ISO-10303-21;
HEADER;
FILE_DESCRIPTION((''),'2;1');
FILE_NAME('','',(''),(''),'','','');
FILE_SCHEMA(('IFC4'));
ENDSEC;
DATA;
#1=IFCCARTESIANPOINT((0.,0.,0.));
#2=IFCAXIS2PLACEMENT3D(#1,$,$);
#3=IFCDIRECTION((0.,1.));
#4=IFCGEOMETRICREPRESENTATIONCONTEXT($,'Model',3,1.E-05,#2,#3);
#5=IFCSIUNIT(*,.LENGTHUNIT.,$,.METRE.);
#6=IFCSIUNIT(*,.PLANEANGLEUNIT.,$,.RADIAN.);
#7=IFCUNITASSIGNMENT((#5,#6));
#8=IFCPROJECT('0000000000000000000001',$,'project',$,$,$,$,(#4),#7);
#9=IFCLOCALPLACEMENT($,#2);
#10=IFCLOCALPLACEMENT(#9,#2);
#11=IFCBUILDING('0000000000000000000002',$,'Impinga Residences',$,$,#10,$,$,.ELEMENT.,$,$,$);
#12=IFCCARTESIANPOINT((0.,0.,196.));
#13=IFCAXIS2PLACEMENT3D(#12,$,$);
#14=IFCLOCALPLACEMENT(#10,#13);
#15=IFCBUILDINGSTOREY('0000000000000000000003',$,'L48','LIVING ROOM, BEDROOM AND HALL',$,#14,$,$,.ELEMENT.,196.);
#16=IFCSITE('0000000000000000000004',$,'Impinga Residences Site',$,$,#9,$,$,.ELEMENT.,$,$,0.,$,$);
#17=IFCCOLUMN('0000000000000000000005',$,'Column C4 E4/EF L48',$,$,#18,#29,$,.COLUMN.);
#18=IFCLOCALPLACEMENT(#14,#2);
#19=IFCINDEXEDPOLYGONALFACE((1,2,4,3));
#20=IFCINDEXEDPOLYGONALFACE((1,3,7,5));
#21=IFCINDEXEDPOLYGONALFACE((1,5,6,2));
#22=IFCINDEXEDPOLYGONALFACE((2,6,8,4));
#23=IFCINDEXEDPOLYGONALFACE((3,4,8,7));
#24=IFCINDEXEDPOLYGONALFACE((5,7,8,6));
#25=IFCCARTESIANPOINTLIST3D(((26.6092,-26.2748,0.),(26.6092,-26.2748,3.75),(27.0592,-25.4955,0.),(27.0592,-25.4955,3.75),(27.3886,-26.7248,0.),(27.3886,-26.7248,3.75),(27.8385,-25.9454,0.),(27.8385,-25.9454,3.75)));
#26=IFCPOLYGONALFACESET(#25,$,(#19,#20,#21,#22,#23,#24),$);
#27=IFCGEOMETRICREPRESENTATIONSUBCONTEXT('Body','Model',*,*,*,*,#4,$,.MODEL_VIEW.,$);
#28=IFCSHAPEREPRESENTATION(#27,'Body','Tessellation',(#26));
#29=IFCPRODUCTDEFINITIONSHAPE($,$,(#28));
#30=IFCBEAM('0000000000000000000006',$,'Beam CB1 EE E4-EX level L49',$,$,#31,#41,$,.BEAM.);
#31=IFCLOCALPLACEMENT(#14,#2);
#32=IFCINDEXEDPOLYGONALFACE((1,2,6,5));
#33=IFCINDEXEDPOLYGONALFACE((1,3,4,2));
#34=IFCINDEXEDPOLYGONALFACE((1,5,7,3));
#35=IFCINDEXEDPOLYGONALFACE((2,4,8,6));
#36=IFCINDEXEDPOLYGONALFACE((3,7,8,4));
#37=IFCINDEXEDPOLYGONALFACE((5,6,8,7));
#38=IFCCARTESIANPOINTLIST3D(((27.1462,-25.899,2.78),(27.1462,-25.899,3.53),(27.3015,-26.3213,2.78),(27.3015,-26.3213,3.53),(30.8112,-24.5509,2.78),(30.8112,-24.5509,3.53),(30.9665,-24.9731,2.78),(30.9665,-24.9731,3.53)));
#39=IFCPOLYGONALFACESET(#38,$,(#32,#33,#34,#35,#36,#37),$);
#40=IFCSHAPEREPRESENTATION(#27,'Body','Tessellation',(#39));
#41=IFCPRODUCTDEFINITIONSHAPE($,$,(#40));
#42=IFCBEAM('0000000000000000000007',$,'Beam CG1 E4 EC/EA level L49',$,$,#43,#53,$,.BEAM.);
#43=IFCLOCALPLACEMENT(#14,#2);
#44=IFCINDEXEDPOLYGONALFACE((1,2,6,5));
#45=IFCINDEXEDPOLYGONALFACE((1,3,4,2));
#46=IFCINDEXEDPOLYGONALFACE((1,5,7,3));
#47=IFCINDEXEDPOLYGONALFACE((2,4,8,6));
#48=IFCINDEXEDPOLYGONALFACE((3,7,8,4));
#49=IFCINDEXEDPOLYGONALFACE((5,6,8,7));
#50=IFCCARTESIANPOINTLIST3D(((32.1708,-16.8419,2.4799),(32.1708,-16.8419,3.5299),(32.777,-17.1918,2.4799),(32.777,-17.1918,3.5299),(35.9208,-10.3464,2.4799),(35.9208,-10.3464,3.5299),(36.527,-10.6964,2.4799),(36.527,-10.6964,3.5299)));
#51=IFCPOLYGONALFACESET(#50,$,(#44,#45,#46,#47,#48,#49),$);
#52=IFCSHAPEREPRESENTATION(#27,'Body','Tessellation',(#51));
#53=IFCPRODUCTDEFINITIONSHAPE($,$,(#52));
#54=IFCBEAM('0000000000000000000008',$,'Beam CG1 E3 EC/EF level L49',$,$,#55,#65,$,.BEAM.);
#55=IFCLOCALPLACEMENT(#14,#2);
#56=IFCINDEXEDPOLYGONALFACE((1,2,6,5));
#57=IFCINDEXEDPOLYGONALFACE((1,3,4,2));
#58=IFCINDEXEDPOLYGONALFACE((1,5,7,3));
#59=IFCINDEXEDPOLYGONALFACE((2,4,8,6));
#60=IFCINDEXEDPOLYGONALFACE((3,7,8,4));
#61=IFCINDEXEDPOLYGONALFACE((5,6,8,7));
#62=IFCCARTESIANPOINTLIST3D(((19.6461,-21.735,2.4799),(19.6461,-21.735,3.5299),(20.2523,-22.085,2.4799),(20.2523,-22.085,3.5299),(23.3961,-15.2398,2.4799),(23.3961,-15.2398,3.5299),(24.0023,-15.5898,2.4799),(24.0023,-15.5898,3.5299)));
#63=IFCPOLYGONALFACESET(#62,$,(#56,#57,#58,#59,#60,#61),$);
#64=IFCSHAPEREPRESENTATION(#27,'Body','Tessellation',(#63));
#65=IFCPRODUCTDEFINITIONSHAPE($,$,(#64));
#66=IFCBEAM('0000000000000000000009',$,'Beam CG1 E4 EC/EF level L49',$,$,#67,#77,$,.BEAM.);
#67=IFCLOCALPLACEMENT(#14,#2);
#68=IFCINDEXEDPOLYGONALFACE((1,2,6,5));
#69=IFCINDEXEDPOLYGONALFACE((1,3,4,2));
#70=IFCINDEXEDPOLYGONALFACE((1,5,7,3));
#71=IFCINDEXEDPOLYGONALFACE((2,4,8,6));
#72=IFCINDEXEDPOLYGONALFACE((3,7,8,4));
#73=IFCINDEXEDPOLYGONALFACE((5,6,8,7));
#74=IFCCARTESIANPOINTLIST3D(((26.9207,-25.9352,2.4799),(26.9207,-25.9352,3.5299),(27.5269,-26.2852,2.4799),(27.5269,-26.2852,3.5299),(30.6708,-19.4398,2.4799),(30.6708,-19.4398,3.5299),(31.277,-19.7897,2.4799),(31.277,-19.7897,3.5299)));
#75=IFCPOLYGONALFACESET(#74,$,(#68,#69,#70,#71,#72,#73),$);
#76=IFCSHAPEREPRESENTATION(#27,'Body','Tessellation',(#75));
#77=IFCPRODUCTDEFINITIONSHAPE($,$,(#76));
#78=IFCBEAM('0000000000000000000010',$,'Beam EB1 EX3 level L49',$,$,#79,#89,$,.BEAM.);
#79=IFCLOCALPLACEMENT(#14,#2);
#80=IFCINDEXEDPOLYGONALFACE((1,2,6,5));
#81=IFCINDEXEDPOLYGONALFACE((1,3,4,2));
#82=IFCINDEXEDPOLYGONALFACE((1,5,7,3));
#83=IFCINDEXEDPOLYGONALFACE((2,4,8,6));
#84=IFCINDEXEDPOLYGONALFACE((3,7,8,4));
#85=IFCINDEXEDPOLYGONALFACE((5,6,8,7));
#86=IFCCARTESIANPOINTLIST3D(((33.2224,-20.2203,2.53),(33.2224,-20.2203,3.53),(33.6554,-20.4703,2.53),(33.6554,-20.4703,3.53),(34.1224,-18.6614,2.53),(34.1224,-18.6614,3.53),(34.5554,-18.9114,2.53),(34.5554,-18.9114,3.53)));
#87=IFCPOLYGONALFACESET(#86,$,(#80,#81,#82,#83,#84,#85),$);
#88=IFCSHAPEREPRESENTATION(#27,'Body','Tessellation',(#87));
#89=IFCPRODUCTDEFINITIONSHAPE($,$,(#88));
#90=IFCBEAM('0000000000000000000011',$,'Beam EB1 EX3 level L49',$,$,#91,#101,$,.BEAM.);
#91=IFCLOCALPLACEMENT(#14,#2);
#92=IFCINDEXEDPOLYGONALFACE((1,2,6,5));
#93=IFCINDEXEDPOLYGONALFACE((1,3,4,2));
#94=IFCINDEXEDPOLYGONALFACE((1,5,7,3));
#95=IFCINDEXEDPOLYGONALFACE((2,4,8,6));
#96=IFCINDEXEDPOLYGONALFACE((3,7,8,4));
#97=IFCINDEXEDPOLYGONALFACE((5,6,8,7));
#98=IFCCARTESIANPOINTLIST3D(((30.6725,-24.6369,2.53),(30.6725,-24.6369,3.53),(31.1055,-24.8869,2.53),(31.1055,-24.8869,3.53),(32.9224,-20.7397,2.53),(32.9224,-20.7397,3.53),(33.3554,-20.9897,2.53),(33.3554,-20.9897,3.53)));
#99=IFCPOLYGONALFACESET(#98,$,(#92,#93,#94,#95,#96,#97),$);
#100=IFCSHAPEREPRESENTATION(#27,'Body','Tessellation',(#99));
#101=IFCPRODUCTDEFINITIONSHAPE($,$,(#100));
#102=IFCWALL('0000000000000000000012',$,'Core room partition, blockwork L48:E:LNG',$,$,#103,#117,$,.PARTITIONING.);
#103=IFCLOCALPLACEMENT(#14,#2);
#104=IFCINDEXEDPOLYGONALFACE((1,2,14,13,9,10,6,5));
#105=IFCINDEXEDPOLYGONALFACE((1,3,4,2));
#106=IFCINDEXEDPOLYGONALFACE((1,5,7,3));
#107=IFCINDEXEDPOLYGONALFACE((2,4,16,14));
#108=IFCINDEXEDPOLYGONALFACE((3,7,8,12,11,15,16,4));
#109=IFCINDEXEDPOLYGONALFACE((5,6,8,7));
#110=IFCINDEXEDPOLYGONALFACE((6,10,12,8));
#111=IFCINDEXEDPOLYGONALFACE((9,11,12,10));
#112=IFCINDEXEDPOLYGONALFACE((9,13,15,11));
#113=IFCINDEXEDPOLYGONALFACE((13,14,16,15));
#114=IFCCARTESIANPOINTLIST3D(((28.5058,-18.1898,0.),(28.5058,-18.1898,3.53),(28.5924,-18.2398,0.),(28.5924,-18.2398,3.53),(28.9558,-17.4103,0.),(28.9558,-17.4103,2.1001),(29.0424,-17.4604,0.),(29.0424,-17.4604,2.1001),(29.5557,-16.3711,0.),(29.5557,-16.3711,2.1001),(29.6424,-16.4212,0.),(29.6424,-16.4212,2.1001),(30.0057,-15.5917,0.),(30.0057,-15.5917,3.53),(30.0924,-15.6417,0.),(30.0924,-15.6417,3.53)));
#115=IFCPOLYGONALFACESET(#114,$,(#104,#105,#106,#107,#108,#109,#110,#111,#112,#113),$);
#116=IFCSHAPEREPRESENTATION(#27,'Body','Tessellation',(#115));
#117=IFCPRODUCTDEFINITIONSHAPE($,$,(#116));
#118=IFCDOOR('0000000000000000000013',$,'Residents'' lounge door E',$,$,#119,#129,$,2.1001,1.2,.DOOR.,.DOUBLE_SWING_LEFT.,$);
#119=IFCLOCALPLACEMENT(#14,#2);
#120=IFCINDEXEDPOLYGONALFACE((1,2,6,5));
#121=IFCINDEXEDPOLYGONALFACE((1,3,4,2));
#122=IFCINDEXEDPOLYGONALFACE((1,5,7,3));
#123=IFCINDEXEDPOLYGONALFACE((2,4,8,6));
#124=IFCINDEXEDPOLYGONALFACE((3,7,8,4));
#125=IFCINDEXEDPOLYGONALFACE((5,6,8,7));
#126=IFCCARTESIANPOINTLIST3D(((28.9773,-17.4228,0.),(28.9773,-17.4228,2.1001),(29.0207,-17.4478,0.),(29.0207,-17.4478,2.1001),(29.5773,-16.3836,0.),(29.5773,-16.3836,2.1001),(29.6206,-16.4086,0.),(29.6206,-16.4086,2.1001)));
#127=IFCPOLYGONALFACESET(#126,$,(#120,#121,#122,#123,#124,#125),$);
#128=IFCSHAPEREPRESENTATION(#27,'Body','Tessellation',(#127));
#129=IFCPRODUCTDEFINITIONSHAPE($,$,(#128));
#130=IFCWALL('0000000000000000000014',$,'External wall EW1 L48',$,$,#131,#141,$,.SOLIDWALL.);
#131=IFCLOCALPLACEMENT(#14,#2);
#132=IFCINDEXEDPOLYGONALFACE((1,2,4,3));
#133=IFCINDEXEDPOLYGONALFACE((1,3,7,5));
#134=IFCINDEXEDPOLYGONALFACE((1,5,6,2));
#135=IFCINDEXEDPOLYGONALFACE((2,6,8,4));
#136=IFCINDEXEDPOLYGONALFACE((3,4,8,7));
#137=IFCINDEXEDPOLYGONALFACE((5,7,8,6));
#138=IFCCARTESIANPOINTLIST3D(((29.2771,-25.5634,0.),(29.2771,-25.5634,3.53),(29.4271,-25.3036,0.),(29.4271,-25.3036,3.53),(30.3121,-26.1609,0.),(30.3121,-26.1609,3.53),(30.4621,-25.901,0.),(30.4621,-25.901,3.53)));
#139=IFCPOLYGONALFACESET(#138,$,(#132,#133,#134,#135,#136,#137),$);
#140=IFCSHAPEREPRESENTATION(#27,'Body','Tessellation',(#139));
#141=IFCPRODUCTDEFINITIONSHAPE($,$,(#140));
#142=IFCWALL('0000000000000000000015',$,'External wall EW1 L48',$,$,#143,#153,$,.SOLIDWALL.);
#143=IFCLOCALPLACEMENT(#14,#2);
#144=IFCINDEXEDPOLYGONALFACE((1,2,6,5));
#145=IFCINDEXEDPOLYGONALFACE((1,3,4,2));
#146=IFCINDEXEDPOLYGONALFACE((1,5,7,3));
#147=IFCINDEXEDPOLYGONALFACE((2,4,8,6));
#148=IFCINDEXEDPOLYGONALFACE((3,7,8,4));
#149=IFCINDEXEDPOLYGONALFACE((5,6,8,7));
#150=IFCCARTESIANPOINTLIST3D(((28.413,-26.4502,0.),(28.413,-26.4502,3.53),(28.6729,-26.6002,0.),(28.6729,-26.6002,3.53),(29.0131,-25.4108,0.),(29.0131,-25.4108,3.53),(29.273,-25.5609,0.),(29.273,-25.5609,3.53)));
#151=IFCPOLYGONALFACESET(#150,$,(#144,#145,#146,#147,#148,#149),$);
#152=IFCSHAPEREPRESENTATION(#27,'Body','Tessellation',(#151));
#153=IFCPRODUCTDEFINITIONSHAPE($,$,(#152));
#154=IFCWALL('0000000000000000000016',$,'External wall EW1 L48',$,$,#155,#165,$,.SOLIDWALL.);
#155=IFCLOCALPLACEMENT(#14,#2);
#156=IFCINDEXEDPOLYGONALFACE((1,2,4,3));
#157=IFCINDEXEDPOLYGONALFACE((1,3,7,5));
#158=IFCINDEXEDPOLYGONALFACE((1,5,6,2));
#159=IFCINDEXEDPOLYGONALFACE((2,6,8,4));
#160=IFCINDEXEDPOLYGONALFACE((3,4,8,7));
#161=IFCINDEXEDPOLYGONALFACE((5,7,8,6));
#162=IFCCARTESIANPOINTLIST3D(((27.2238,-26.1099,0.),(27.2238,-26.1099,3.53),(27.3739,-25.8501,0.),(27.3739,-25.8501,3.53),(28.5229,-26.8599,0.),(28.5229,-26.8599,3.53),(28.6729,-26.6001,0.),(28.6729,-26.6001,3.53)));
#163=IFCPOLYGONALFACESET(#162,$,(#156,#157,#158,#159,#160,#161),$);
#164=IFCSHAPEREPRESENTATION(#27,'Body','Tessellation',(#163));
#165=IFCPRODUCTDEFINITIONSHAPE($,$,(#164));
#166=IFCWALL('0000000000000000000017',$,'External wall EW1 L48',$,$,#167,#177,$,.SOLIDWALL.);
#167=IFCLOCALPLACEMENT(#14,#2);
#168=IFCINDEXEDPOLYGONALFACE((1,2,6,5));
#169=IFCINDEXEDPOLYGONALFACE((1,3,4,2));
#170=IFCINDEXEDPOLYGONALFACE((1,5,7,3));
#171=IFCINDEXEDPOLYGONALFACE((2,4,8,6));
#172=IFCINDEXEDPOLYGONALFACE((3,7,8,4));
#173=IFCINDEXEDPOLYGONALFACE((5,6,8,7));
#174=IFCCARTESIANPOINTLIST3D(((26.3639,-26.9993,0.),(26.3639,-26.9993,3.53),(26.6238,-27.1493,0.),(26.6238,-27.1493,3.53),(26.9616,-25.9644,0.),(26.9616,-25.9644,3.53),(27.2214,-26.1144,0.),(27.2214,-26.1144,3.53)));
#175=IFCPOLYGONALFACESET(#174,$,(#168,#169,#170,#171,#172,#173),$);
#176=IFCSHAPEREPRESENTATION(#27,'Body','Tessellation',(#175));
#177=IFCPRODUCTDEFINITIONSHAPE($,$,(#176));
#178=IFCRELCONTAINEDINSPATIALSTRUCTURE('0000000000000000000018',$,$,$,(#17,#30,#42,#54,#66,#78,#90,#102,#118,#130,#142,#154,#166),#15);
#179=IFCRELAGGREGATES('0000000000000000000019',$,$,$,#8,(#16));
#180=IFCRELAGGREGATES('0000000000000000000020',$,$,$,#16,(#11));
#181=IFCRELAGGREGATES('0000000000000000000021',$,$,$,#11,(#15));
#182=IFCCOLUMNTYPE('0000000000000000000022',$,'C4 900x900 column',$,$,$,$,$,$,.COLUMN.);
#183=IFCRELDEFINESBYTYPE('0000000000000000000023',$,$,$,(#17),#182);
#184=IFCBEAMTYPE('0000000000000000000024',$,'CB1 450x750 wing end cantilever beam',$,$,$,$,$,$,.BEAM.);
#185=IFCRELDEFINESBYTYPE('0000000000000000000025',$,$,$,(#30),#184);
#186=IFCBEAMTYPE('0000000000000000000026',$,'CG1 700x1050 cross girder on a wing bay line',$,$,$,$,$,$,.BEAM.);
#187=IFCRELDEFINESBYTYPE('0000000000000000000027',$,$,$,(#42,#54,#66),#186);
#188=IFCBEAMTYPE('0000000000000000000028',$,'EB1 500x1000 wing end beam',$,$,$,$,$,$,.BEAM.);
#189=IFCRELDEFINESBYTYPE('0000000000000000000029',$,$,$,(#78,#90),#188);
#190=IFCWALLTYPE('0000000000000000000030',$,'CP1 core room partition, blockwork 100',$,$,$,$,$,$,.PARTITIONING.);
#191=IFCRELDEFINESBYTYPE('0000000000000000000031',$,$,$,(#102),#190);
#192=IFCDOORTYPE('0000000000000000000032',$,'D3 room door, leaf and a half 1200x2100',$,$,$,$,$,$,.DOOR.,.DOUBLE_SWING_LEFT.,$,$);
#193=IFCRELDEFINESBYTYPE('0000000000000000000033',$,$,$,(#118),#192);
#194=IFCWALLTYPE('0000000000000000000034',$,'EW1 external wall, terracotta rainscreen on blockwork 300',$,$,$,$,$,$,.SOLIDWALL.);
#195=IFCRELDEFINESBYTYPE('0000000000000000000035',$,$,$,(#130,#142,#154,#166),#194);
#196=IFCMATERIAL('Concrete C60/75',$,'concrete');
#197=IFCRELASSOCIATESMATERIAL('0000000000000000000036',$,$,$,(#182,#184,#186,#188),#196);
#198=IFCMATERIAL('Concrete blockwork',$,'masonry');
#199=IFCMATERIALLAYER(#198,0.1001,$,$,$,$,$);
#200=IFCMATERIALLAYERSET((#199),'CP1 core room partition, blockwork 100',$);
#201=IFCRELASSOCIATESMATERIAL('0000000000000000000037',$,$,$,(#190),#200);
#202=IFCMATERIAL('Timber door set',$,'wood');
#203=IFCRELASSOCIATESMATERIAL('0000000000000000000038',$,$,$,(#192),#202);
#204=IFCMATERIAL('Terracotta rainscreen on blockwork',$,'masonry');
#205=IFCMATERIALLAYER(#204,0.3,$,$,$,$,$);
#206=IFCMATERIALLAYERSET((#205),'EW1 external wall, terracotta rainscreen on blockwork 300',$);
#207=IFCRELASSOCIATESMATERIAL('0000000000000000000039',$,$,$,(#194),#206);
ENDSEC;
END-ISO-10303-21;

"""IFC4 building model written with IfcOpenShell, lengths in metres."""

from ifc_helpers import new_model, si_unit, direction, frame, frame_2d, origin, origin_2d, place, context, subcontext, project, spatial, rectangle, extrude, material, layer, layer_set, material_profile, profile_set, type_object, element, fill, save


model = new_model("IFC4")

# Units and contexts
model_context = context("Model", 3, precision=1e-05, world=origin(), true_north=direction((0.0, 1.0)))
body_context = subcontext(model_context, "Body", "Model", "MODEL_VIEW")
ifc_project = project(units=[si_unit("LENGTHUNIT", "METRE"), si_unit("PLANEANGLEUNIT", "RADIAN")], contexts=[model_context])

# Site, building, storey
site_placement = place(None, origin())
site = spatial("IfcSite", under=ifc_project, at=site_placement, Name="Impinga Residences Site", CompositionType="ELEMENT", RefElevation=0.0)
building_placement = place(site_placement, origin())
building = spatial("IfcBuilding", under=site, at=building_placement, Name="Impinga Residences", CompositionType="ELEMENT")
storey_placement = place(building_placement, frame((0.0, 0.0, 196.0)))
storey = spatial("IfcBuildingStorey", under=building, at=storey_placement, Name="L48", Description="LIVING ROOM, BEDROOM AND HALL", CompositionType="ELEMENT", Elevation=196.0)

# Column
ifc_material_1 = material(Name="Concrete C60/75", Category="concrete")
ifc_material_profile_1 = material_profile(ifc_material_1, rectangle(XDim=0.8999, YDim=0.8999, at=origin_2d()), Name="RC 900x900")
ifc_profile_set_1 = profile_set([ifc_material_profile_1], Name="Concrete C60/75")
column_type = type_object("IfcColumnType", Name="C4 900x900 column", PredefinedType="COLUMN", material=ifc_profile_set_1)
column_placement = place(storey_placement, frame((27.2239, -26.1101, 0.0), z_axis=(0.0, 0.0, 1.0), x_axis=(-0.5, -0.866025, 0.0)))
element("IfcColumn", 1, at=column_placement, inside=storey, type_object=column_type, Name="Column C4 E4/EF L48", PredefinedType="COLUMN", context=body_context, shape_type="SweptSolid", body=[
    extrude(rectangle(XDim=0.8999, YDim=0.8999, at=origin_2d()), origin(), (0.0, 0.0, 1.0), 3.75),
])

# Beams
ifc_material_profile_2 = material_profile(ifc_material_1, rectangle(XDim=0.45, YDim=0.75, at=origin_2d()), Name="RC 450x750")
ifc_profile_set_2 = profile_set([ifc_material_profile_2], Name="Concrete C60/75")
beam_type_1 = type_object("IfcBeamType", Name="CB1 450x750 wing end cantilever beam", PredefinedType="BEAM", material=ifc_profile_set_2)
beam_1_placement = place(storey_placement, frame((27.2239, -26.1101, 3.155), z_axis=(0.93852, 0.345224, 0.0), x_axis=(-0.345224, 0.93852, 0.0)))
element("IfcBeam", 2, at=beam_1_placement, inside=storey, type_object=beam_type_1, Name="Beam CB1 EE E4-EX level L49", PredefinedType="BEAM", context=body_context, shape_type="SweptSolid", body=[
    extrude(rectangle(XDim=0.45, YDim=0.75, at=origin_2d()), origin(), (0.0, 0.0, 1.0), 3.905),
])
ifc_material_profile_3 = material_profile(ifc_material_1, rectangle(XDim=0.7, YDim=1.05, at=origin_2d()), Name="RC 700x1050")
ifc_profile_set_3 = profile_set([ifc_material_profile_3], Name="Concrete C60/75")
beam_type_2 = type_object("IfcBeamType", Name="CG1 700x1050 cross girder on a wing bay line", PredefinedType="BEAM", material=ifc_profile_set_3)
beam_2_placement = place(storey_placement, frame((32.4739, -17.0168, 3.0049), z_axis=(0.49999, 0.866031, 0.0), x_axis=(-0.866031, 0.49999, 0.0)))
element("IfcBeam", 3, at=beam_2_placement, inside=storey, type_object=beam_type_2, Name="Beam CG1 E4 EC/EA level L49", PredefinedType="BEAM", context=body_context, shape_type="SweptSolid", body=[
    extrude(rectangle(XDim=0.7, YDim=1.05, at=origin_2d()), origin(), (0.0, 0.0, 1.0), 7.5002),
])
beam_3_placement = place(storey_placement, frame((23.6992, -15.4148, 3.0049), z_axis=(-0.500004, -0.866023, 0.0), x_axis=(0.866023, -0.500004, 0.0)))
element("IfcBeam", 4, at=beam_3_placement, inside=storey, type_object=beam_type_2, Name="Beam CG1 E3 EC/EF level L49", PredefinedType="BEAM", context=body_context, shape_type="SweptSolid", body=[
    extrude(rectangle(XDim=0.7, YDim=1.05, at=origin_2d()), origin(), (0.0, 0.0, 1.0), 7.5),
])
beam_4_placement = place(storey_placement, frame((30.9739, -19.6147, 3.0049), z_axis=(-0.49999, -0.866031, 0.0), x_axis=(0.866031, -0.49999, 0.0)))
element("IfcBeam", 5, at=beam_4_placement, inside=storey, type_object=beam_type_2, Name="Beam CG1 E4 EC/EF level L49", PredefinedType="BEAM", context=body_context, shape_type="SweptSolid", body=[
    extrude(rectangle(XDim=0.7, YDim=1.05, at=origin_2d()), origin(), (0.0, 0.0, 1.0), 7.5002),
])
ifc_material_profile_4 = material_profile(ifc_material_1, rectangle(XDim=0.5, YDim=1.0, at=origin_2d()), Name="RC 500x1000")
ifc_profile_set_4 = profile_set([ifc_material_profile_4], Name="Concrete C60/75")
beam_type_3 = type_object("IfcBeamType", Name="EB1 500x1000 wing end beam", PredefinedType="BEAM", material=ifc_profile_set_4)
beam_5_placement = place(storey_placement, frame((34.3389, -18.7864, 3.03), z_axis=(-0.499961, -0.866048, 0.0), x_axis=(0.866048, -0.499961, 0.0)))
element("IfcBeam", 6, at=beam_5_placement, inside=storey, type_object=beam_type_3, Name="Beam EB1 EX3 level L49", PredefinedType="BEAM", context=body_context, shape_type="SweptSolid", body=[
    extrude(rectangle(XDim=0.5, YDim=1.0, at=origin_2d()), origin(), (0.0, 0.0, 1.0), 1.8),
])
beam_6_placement = place(storey_placement, frame((33.1389, -20.8647, 3.03), z_axis=(-0.49999, -0.866031, 0.0), x_axis=(0.866031, -0.49999, 0.0)))
element("IfcBeam", 7, at=beam_6_placement, inside=storey, type_object=beam_type_3, Name="Beam EB1 EX3 level L49", PredefinedType="BEAM", context=body_context, shape_type="SweptSolid", body=[
    extrude(rectangle(XDim=0.5, YDim=1.0, at=origin_2d()), origin(), (0.0, 0.0, 1.0), 4.5),
])

# Wall, opening, door
ifc_material_2 = material(Name="Concrete blockwork", Category="masonry")
ifc_layer_1 = layer(ifc_material_2, 0.1001)
ifc_layer_set_1 = layer_set([ifc_layer_1], Name="CP1 core room partition, blockwork 100")
wall_type_1 = type_object("IfcWallType", Name="CP1 core room partition, blockwork 100", PredefinedType="PARTITIONING", material=ifc_layer_set_1)
wall_1_placement = place(storey_placement, frame((30.0491, -15.6167, 0.0), z_axis=(0.0, 0.0, 1.0), x_axis=(-0.49999, -0.866031, 0.0)))
wall_1 = element("IfcWall", 8, at=wall_1_placement, inside=storey, type_object=wall_type_1, Name="Core room partition, blockwork L48:E:LNG", PredefinedType="PARTITIONING", context=body_context, shape_type="SweptSolid", body=[
    extrude(rectangle(XDim=3.0, YDim=0.1001, at=frame_2d((1.5, 0.0))), origin(), (0.0, 0.0, 1.0), 3.53),
])
opening_1_placement = place(wall_1_placement, frame((0.8999, 0.0, 0.0)))
opening_1 = element("IfcOpeningElement", 9, at=opening_1_placement, cuts=wall_1, PredefinedType="OPENING", context=body_context, shape_type="SweptSolid", body=[
    extrude(rectangle(XDim=1.2, YDim=2.1001, at=frame_2d((0.6001, 1.05))), frame((0.0, 0.0601, 0.0), z_axis=(0.0, -1.0, 0.0), x_axis=(1.0, 0.0, 0.0)), (0.0, 0.0, 1.0), 0.1201),
])
ifc_material_3 = material(Name="Timber door set", Category="wood")
door_type_1 = type_object("IfcDoorType", Name="D3 room door, leaf and a half 1200x2100", OperationType="DOUBLE_SWING_LEFT", PredefinedType="DOOR", material=ifc_material_3)
door_1_placement = place(opening_1_placement, origin())
door_1 = element("IfcDoor", 10, at=door_1_placement, inside=storey, type_object=door_type_1, Name="Residents' lounge door E", OperationType="DOUBLE_SWING_LEFT", OverallHeight=2.1001, OverallWidth=1.2, PredefinedType="DOOR", context=body_context, shape_type="SweptSolid", body=[
    extrude(rectangle(XDim=1.2, YDim=2.1001, at=frame_2d((0.6001, 1.05))), frame((0.0, 0.0249, 0.0), z_axis=(0.0, -1.0, 0.0), x_axis=(1.0, 0.0, 0.0)), (0.0, 0.0, 1.0), 0.05),
])
fill(opening_1, door_1)

# Walls
ifc_material_4 = material(Name="Terracotta rainscreen on blockwork", Category="masonry")
ifc_layer_2 = layer(ifc_material_4, 0.3)
ifc_layer_set_2 = layer_set([ifc_layer_2], Name="EW1 external wall, terracotta rainscreen on blockwork 300")
wall_type_2 = type_object("IfcWallType", Name="EW1 external wall, terracotta rainscreen on blockwork 300", PredefinedType="SOLIDWALL", material=ifc_layer_set_2)
wall_2_placement = place(storey_placement, frame((30.3872, -26.031, 0.0), z_axis=(0.0, 0.0, 1.0), x_axis=(-0.86606, 0.499941, 0.0)))
element("IfcWall", 11, at=wall_2_placement, inside=storey, type_object=wall_type_2, Name="External wall EW1 L48", PredefinedType="SOLIDWALL", context=body_context, shape_type="SweptSolid", body=[
    extrude(rectangle(XDim=1.1951, YDim=0.3, at=frame_2d((0.5977, 0.0))), origin(), (0.0, 0.0, 1.0), 3.53),
])
wall_3_placement = place(storey_placement, frame((29.1431, -25.4858, 0.0), z_axis=(0.0, 0.0, 1.0), x_axis=(-0.500034, -0.866006, 0.0)))
element("IfcWall", 12, at=wall_3_placement, inside=storey, type_object=wall_type_2, Name="External wall EW1 L48", PredefinedType="SOLIDWALL", context=body_context, shape_type="SweptSolid", body=[
    extrude(rectangle(XDim=1.2002, YDim=0.3, at=frame_2d((0.6001, 0.0))), origin(), (0.0, 0.0, 1.0), 3.53),
])
wall_4_placement = place(storey_placement, frame((28.5979, -26.73, 0.0), z_axis=(0.0, 0.0, 1.0), x_axis=(-0.866031, 0.49999, 0.0)))
element("IfcWall", 13, at=wall_4_placement, inside=storey, type_object=wall_type_2, Name="External wall EW1 L48", PredefinedType="SOLIDWALL", context=body_context, shape_type="SweptSolid", body=[
    extrude(rectangle(XDim=1.5, YDim=0.3, at=frame_2d((0.75, 0.0))), origin(), (0.0, 0.0, 1.0), 3.53),
])
wall_5_placement = place(storey_placement, frame((27.0916, -26.0393, 0.0), z_axis=(0.0, 0.0, 1.0), x_axis=(-0.500094, -0.865971, 0.0)))
element("IfcWall", 14, at=wall_5_placement, inside=storey, type_object=wall_type_2, Name="External wall EW1 L48", PredefinedType="SOLIDWALL", context=body_context, shape_type="SweptSolid", body=[
    extrude(rectangle(XDim=1.1951, YDim=0.3, at=frame_2d((0.5977, 0.0))), origin(), (0.0, 0.0, 1.0), 3.53),
])

save(model, "model.ifc")
